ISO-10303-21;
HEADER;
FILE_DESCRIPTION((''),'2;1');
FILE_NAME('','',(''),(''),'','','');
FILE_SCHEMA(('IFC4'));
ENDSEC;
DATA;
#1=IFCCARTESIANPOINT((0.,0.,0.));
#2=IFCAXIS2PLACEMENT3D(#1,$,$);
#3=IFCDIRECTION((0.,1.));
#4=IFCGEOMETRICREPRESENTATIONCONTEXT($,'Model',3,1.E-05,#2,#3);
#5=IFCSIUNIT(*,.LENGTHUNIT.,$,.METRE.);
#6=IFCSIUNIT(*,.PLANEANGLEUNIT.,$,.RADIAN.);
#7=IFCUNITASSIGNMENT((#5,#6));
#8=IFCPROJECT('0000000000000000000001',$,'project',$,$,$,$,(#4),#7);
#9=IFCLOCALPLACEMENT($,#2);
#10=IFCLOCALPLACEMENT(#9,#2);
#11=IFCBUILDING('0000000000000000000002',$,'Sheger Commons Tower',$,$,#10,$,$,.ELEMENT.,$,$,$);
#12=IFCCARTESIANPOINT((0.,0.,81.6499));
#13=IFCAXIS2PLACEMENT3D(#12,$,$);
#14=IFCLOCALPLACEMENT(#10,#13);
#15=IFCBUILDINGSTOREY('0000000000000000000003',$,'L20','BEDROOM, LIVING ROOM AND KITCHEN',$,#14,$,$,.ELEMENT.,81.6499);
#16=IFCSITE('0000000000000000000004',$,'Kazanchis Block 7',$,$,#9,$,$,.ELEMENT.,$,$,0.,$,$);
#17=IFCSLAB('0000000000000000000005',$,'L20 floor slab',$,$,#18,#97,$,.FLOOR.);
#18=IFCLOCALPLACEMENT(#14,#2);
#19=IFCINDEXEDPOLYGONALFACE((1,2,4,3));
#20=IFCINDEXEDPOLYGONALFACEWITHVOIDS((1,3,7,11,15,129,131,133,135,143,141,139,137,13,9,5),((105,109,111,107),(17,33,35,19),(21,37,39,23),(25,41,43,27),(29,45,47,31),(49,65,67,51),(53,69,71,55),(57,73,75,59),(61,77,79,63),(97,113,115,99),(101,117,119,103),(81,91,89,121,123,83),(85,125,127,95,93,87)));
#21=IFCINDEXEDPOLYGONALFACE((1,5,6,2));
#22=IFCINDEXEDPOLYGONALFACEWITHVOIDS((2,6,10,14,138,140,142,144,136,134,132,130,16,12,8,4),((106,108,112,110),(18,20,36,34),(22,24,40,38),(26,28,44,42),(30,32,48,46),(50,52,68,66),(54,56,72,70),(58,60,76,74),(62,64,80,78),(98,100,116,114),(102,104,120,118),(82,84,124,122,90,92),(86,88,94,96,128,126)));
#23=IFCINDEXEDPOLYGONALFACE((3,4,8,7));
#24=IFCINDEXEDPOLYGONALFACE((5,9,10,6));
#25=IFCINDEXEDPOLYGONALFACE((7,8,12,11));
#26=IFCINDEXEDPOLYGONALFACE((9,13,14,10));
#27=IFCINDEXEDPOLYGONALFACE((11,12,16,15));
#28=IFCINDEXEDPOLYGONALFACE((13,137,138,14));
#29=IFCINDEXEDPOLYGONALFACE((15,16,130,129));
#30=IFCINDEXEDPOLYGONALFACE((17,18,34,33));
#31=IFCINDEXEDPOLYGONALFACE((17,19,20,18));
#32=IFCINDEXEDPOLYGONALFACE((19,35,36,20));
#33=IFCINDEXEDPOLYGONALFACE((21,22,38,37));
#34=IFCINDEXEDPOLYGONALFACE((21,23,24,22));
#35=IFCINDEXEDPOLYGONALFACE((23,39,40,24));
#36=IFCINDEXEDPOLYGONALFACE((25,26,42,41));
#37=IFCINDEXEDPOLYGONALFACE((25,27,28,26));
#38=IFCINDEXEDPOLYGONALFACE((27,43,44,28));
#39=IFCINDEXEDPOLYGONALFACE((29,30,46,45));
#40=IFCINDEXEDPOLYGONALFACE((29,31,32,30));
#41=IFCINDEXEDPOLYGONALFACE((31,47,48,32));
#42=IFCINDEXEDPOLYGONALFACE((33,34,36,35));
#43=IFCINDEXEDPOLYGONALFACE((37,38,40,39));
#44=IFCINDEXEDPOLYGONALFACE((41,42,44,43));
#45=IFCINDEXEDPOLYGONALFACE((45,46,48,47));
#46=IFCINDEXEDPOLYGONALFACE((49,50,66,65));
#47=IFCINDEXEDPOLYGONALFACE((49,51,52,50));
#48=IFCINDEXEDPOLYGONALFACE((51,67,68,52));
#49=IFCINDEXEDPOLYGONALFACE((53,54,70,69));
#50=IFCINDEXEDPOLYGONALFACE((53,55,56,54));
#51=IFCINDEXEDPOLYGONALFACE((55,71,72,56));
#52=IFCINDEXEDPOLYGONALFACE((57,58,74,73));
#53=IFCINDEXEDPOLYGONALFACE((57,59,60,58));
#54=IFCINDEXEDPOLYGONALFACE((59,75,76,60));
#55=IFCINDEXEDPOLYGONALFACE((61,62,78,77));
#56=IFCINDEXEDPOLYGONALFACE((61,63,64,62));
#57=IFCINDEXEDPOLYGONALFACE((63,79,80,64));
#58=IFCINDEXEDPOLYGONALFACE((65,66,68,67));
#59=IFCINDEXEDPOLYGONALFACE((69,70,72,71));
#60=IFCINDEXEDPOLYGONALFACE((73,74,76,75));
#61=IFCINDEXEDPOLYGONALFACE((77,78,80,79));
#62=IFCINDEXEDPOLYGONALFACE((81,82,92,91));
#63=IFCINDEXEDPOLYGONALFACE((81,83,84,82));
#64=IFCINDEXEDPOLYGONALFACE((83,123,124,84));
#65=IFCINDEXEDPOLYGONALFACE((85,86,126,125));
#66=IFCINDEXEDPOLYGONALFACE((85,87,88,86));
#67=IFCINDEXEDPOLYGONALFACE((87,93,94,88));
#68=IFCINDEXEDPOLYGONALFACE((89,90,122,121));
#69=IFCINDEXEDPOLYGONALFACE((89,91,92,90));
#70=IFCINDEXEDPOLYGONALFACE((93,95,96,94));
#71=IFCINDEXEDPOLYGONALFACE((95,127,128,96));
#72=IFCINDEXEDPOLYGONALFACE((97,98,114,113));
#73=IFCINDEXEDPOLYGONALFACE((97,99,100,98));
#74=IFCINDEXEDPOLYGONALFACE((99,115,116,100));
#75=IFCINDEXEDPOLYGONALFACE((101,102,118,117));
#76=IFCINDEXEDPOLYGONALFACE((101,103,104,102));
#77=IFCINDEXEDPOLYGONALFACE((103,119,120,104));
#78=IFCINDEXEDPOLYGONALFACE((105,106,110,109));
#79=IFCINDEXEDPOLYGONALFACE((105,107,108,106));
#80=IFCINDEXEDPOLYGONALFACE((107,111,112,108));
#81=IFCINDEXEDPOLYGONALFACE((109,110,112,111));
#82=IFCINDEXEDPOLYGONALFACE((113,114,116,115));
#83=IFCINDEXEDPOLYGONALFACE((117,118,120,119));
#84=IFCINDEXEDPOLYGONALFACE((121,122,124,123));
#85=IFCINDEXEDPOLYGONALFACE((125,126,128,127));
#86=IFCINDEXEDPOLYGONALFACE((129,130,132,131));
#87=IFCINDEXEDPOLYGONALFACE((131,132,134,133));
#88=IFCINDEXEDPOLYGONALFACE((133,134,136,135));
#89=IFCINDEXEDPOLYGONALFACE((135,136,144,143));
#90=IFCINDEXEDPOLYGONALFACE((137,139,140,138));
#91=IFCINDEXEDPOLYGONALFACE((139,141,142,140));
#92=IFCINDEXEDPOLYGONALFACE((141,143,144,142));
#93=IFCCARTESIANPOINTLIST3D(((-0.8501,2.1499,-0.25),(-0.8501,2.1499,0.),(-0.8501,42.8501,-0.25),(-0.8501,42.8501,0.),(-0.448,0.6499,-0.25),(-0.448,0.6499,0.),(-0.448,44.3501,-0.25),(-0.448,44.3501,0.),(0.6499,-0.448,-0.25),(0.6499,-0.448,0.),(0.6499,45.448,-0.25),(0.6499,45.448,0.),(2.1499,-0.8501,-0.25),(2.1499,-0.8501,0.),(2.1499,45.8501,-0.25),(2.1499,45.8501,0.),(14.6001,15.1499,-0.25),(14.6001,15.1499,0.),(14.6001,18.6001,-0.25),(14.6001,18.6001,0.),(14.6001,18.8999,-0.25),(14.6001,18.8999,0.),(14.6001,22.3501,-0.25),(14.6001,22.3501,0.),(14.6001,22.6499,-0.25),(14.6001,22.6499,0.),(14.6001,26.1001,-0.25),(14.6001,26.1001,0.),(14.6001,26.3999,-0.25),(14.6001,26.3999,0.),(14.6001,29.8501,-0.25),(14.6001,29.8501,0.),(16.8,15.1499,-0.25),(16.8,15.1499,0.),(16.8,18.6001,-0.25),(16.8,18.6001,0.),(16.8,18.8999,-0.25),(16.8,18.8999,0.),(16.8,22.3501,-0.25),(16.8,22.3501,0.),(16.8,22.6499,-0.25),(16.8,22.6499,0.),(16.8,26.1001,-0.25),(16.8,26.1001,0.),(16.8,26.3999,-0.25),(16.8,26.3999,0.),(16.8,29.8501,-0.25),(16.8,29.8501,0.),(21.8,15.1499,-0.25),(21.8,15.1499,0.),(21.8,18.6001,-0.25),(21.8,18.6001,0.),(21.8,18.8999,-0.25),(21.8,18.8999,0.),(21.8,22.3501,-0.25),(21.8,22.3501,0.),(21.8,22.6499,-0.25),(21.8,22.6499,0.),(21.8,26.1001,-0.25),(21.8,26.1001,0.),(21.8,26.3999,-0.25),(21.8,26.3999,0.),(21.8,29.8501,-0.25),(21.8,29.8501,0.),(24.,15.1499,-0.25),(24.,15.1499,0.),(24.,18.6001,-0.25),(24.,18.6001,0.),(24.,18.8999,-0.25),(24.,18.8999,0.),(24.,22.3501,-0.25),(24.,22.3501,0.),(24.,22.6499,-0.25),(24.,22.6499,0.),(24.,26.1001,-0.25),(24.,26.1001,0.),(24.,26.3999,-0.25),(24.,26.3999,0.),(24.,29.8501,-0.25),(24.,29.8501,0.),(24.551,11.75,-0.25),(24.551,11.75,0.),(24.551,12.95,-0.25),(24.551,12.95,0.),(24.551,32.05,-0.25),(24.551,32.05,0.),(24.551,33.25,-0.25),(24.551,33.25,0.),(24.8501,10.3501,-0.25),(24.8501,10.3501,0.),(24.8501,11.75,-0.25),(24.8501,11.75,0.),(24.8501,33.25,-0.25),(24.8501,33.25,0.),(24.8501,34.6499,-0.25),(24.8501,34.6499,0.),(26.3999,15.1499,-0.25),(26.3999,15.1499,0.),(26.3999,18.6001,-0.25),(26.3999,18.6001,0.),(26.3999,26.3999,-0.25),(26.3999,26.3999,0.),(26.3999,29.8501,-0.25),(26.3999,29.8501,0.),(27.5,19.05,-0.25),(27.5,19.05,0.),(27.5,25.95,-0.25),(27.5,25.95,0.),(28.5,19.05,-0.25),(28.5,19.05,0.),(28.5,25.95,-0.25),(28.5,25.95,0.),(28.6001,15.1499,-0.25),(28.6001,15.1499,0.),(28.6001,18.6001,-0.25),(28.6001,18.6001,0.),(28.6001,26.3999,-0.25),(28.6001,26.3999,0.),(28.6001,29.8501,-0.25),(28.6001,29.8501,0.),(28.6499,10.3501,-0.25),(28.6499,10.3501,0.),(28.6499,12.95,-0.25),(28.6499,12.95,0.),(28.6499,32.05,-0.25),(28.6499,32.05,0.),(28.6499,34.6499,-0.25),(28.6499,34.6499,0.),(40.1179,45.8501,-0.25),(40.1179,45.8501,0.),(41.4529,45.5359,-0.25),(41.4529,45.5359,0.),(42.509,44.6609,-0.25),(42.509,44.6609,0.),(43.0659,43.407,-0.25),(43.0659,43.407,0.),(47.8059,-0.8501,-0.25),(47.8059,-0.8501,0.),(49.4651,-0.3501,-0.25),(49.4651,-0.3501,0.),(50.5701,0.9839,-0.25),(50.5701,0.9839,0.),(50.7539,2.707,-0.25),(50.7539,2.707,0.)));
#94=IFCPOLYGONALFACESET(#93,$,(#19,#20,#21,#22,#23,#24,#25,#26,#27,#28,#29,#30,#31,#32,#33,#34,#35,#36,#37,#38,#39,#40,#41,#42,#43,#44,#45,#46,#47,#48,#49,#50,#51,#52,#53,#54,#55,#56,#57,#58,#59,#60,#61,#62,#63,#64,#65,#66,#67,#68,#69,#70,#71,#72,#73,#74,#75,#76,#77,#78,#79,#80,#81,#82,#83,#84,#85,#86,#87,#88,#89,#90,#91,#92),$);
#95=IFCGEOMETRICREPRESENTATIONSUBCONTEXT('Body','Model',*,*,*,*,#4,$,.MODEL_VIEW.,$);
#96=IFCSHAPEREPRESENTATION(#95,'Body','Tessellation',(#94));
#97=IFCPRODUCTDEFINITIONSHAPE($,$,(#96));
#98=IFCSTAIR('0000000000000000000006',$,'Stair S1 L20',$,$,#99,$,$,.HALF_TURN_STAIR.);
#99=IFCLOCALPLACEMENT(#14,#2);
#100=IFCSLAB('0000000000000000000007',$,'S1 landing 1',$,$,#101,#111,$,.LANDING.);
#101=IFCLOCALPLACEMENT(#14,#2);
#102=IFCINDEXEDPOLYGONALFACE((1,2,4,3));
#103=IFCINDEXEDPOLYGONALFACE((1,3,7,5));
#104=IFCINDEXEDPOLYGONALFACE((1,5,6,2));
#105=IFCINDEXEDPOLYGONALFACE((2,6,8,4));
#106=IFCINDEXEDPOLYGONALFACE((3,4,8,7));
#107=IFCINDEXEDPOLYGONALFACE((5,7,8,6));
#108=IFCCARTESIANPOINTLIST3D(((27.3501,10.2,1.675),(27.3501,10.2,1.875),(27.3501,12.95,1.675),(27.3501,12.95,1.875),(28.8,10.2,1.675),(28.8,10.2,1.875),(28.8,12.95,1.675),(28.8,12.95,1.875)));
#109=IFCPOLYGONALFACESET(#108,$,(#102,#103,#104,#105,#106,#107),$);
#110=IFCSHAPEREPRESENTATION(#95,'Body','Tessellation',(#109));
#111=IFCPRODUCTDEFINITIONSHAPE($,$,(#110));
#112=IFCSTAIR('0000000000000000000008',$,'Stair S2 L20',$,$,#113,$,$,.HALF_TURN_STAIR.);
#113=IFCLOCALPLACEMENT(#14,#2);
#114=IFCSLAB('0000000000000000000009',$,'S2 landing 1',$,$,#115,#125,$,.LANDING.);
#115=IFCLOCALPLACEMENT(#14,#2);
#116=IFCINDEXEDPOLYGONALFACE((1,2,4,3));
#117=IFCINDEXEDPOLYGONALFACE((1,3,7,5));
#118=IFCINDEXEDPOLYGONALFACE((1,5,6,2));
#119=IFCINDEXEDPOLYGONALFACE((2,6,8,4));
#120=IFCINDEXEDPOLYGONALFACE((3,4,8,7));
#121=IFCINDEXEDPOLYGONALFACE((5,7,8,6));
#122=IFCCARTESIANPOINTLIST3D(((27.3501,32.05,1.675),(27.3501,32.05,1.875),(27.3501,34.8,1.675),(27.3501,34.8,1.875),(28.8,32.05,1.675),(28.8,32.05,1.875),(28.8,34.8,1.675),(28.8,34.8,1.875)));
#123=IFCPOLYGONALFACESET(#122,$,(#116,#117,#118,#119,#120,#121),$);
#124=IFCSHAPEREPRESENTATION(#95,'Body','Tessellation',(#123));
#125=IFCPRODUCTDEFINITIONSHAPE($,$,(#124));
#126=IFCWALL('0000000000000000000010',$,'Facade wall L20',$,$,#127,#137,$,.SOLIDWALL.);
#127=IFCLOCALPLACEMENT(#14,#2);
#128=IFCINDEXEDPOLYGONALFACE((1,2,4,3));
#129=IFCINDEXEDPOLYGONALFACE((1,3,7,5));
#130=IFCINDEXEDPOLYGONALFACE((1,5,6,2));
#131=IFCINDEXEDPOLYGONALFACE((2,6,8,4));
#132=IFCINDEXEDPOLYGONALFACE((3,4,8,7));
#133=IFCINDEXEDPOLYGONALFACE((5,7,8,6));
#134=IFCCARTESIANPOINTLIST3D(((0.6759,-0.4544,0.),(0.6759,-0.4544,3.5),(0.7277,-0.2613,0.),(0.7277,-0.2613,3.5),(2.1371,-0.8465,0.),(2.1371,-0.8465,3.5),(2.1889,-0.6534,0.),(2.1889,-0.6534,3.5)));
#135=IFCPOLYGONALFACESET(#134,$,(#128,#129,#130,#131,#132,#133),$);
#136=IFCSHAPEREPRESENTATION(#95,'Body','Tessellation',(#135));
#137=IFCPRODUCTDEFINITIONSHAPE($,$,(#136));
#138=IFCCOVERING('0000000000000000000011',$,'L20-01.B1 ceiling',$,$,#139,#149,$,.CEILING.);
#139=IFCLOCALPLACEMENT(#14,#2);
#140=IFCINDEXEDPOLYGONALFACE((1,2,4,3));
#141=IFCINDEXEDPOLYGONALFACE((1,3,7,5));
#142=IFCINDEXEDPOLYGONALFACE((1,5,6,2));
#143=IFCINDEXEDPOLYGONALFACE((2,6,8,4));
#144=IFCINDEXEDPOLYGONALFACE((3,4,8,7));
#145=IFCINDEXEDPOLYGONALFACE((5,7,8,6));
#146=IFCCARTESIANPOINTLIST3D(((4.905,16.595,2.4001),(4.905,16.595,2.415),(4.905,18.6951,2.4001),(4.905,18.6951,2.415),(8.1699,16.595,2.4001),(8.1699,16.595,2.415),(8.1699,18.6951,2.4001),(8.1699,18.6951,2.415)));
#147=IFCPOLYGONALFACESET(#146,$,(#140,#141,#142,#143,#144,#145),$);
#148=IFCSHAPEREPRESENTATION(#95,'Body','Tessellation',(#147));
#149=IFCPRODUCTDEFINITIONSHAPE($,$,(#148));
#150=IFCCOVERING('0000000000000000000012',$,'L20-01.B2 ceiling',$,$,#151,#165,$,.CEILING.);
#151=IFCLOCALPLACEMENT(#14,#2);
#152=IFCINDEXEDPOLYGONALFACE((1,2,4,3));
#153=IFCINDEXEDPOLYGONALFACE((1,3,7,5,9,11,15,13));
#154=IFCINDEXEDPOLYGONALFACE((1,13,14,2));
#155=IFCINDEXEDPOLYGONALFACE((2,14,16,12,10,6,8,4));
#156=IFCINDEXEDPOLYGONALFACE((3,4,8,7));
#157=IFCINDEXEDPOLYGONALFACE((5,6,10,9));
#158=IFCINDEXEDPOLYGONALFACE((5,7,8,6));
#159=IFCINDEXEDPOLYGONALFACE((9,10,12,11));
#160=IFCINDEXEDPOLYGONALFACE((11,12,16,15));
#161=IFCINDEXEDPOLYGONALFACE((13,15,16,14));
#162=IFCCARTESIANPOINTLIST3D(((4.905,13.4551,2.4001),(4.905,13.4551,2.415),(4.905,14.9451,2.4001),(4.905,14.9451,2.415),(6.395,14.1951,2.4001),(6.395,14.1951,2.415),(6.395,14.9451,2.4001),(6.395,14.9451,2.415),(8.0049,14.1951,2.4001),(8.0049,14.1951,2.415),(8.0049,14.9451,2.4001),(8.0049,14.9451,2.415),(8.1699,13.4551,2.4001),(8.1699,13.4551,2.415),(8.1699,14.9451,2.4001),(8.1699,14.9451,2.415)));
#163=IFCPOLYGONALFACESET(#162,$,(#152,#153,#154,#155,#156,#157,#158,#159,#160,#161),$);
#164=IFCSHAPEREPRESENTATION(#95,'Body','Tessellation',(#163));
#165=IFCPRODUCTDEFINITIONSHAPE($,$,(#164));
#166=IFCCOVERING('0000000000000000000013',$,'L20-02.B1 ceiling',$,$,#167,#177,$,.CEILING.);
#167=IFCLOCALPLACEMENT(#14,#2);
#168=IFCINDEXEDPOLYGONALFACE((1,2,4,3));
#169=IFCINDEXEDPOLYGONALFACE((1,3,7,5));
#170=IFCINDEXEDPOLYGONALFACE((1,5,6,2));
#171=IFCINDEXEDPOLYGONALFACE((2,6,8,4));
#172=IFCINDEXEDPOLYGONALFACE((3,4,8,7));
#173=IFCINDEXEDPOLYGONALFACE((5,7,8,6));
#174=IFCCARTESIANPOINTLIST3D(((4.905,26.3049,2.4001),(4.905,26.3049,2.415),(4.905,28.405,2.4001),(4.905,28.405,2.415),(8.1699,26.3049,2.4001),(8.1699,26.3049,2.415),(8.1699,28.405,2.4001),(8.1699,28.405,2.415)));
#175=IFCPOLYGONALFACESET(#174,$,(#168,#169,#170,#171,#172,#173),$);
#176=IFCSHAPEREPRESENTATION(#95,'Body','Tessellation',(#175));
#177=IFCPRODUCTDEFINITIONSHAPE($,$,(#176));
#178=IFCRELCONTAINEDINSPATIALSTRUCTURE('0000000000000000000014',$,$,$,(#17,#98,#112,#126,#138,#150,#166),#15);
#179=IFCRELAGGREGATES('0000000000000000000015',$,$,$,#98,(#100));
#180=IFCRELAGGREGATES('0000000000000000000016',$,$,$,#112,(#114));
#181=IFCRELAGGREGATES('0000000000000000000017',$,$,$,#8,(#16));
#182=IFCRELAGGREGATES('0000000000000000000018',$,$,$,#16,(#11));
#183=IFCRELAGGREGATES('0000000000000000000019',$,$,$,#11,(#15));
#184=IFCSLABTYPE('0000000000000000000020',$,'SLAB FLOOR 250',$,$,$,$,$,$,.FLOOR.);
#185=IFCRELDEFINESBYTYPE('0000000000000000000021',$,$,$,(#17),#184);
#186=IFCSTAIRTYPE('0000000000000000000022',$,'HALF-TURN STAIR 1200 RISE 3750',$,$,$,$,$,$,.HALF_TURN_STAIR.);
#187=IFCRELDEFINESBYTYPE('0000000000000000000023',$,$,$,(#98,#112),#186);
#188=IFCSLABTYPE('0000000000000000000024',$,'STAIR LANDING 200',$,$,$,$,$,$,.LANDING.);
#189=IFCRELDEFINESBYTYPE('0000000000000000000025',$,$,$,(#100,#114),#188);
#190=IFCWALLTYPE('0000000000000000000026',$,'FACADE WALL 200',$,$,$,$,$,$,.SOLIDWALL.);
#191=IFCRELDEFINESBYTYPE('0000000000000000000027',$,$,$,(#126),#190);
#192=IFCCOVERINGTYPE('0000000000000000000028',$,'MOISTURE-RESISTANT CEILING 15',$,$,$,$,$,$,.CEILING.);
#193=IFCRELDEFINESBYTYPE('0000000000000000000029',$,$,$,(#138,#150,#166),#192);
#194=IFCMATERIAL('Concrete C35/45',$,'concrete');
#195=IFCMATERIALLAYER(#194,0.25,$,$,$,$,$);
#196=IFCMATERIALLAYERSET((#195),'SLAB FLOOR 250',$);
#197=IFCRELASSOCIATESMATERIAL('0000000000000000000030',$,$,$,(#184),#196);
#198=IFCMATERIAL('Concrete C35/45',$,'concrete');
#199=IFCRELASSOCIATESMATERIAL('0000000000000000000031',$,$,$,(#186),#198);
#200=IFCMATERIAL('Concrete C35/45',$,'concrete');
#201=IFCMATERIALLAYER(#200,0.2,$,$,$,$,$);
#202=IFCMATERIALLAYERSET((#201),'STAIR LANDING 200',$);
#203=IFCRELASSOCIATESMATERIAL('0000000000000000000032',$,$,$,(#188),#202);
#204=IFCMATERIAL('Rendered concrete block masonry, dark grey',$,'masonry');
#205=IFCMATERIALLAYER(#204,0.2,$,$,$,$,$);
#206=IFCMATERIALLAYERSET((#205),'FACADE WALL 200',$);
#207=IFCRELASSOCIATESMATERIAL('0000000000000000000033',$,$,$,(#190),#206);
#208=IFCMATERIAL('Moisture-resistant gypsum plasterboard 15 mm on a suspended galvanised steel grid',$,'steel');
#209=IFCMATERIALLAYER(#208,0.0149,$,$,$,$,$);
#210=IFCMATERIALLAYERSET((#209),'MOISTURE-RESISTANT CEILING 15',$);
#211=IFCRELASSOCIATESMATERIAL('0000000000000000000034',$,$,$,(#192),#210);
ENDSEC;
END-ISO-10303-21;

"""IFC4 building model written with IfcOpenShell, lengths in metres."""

from ifc_helpers import new_model, si_unit, direction, frame, frame_2d, origin, place, context, subcontext, project, spatial, polyline, rectangle, outline, extrude, material, layer, layer_set, type_object, element, aggregate, save


model = new_model("IFC4")

# Units and contexts
model_context = context("Model", 3, precision=1e-05, world=origin(), true_north=direction((0.0, 1.0)))
body_context = subcontext(model_context, "Body", "Model", "MODEL_VIEW")
ifc_project = project(units=[si_unit("LENGTHUNIT", "METRE"), si_unit("PLANEANGLEUNIT", "RADIAN")], contexts=[model_context])

# Site, building, storey
site_placement = place(None, origin())
site = spatial("IfcSite", under=ifc_project, at=site_placement, Name="Kazanchis Block 7", CompositionType="ELEMENT", RefElevation=0.0)
building_placement = place(site_placement, origin())
building = spatial("IfcBuilding", under=site, at=building_placement, Name="Sheger Commons Tower", CompositionType="ELEMENT")
storey_placement = place(building_placement, frame((0.0, 0.0, 81.6499)))
storey = spatial("IfcBuildingStorey", under=building, at=storey_placement, Name="L20", Description="BEDROOM, LIVING ROOM AND KITCHEN", CompositionType="ELEMENT", Elevation=81.6499)

# Slab
ifc_material_1 = material(Name="Concrete C35/45", Category="concrete")
ifc_layer_1 = layer(ifc_material_1, 0.25)
ifc_layer_set_1 = layer_set([ifc_layer_1], Name="SLAB FLOOR 250")
slab_type_1 = type_object("IfcSlabType", Name="SLAB FLOOR 250", PredefinedType="FLOOR", material=ifc_layer_set_1)
slab_1_placement = place(storey_placement, frame((0.0, 0.0, -0.25)))
element("IfcSlab", 1, at=slab_1_placement, inside=storey, type_object=slab_type_1, Name="L20 floor slab", PredefinedType="FLOOR", context=body_context, shape_type="SweptSolid", body=[
    extrude(outline(polyline([(-0.8501, 2.1499), (-0.448, 0.6499), (0.6499, -0.448), (2.1499, -0.8501), (47.8059, -0.8501), (49.4651, -0.3501), (50.5701, 0.9839), (50.7539, 2.707), (43.0659, 43.407), (42.509, 44.6609), (41.4529, 45.5359), (40.1179, 45.8501), (2.1499, 45.8501), (0.6499, 45.448), (-0.448, 44.3501), (-0.8501, 42.8501), (-0.8501, 2.1499)]), holes=[polyline([(24.8501, 10.3501), (28.6499, 10.3501), (28.6499, 12.95), (24.551, 12.95), (24.551, 11.75), (24.8501, 11.75), (24.8501, 10.3501)]), polyline([(24.551, 32.05), (28.6499, 32.05), (28.6499, 34.6499), (24.8501, 34.6499), (24.8501, 33.25), (24.551, 33.25), (24.551, 32.05)]), polyline([(26.3999, 15.1499), (28.6001, 15.1499), (28.6001, 18.6001), (26.3999, 18.6001), (26.3999, 15.1499)]), polyline([(26.3999, 26.3999), (28.6001, 26.3999), (28.6001, 29.8501), (26.3999, 29.8501), (26.3999, 26.3999)]), polyline([(14.6001, 15.1499), (16.8, 15.1499), (16.8, 18.6001), (14.6001, 18.6001), (14.6001, 15.1499)]), polyline([(14.6001, 18.8999), (16.8, 18.8999), (16.8, 22.3501), (14.6001, 22.3501), (14.6001, 18.8999)]), polyline([(14.6001, 22.6499), (16.8, 22.6499), (16.8, 26.1001), (14.6001, 26.1001), (14.6001, 22.6499)]), polyline([(14.6001, 26.3999), (16.8, 26.3999), (16.8, 29.8501), (14.6001, 29.8501), (14.6001, 26.3999)]), polyline([(21.8, 15.1499), (24.0, 15.1499), (24.0, 18.6001), (21.8, 18.6001), (21.8, 15.1499)]), polyline([(21.8, 18.8999), (24.0, 18.8999), (24.0, 22.3501), (21.8, 22.3501), (21.8, 18.8999)]), polyline([(21.8, 22.6499), (24.0, 22.6499), (24.0, 26.1001), (21.8, 26.1001), (21.8, 22.6499)]), polyline([(21.8, 26.3999), (24.0, 26.3999), (24.0, 29.8501), (21.8, 29.8501), (21.8, 26.3999)]), polyline([(27.5, 19.05), (28.5, 19.05), (28.5, 25.95), (27.5, 25.95), (27.5, 19.05)])]), origin(), (0.0, 0.0, 1.0), 0.25),
])

# Stairs, slabs
ifc_material_2 = material(Name="Concrete C35/45", Category="concrete")
stair_type = type_object("IfcStairType", Name="HALF-TURN STAIR 1200 RISE 3750", PredefinedType="HALF_TURN_STAIR", material=ifc_material_2)
stair_1_placement = place(storey_placement, origin())
stair_1 = element("IfcStair", 2, at=stair_1_placement, inside=storey, type_object=stair_type, Name="Stair S1 L20", PredefinedType="HALF_TURN_STAIR")
ifc_material_3 = material(Name="Concrete C35/45", Category="concrete")
ifc_layer_2 = layer(ifc_material_3, 0.2)
ifc_layer_set_2 = layer_set([ifc_layer_2], Name="STAIR LANDING 200")
slab_type_2 = type_object("IfcSlabType", Name="STAIR LANDING 200", PredefinedType="LANDING", material=ifc_layer_set_2)
slab_2_placement = place(storey_placement, frame((0.0, 0.0, 1.675)))
slab_2 = element("IfcSlab", 3, at=slab_2_placement, type_object=slab_type_2, Name="S1 landing 1", PredefinedType="LANDING", context=body_context, shape_type="SweptSolid", body=[
    extrude(outline(polyline([(27.3501, 10.2), (28.8, 10.2), (28.8, 12.95), (27.3501, 12.95), (27.3501, 10.2)])), origin(), (0.0, 0.0, 1.0), 0.2),
])
aggregate(stair_1, [slab_2])
stair_2_placement = place(storey_placement, origin())
stair_2 = element("IfcStair", 4, at=stair_2_placement, inside=storey, type_object=stair_type, Name="Stair S2 L20", PredefinedType="HALF_TURN_STAIR")
slab_3_placement = place(storey_placement, frame((0.0, 0.0, 1.675)))
slab_3 = element("IfcSlab", 5, at=slab_3_placement, type_object=slab_type_2, Name="S2 landing 1", PredefinedType="LANDING", context=body_context, shape_type="SweptSolid", body=[
    extrude(outline(polyline([(27.3501, 32.05), (28.8, 32.05), (28.8, 34.8), (27.3501, 34.8), (27.3501, 32.05)])), origin(), (0.0, 0.0, 1.0), 0.2),
])
aggregate(stair_2, [slab_3])

# Wall
ifc_material_4 = material(Name="Rendered concrete block masonry, dark grey", Category="masonry")
ifc_layer_3 = layer(ifc_material_4, 0.2)
ifc_layer_set_3 = layer_set([ifc_layer_3], Name="FACADE WALL 200")
wall_type = type_object("IfcWallType", Name="FACADE WALL 200", PredefinedType="SOLIDWALL", material=ifc_layer_set_3)
wall_placement = place(storey_placement, frame((0.7019, -0.3579, 0.0), z_axis=(0.0, 0.0, 1.0), x_axis=(0.965832, -0.259169, 0.0)))
element("IfcWall", 6, at=wall_placement, inside=storey, type_object=wall_type, Name="Facade wall L20", PredefinedType="SOLIDWALL", context=body_context, shape_type="SweptSolid", body=[
    extrude(rectangle(XDim=1.5129, YDim=0.2, at=frame_2d((0.7563, 0.0))), origin(), (0.0, 0.0, 1.0), 3.5),
])

# Coverings
ifc_material_5 = material(Name="Moisture-resistant gypsum plasterboard 15 mm on a suspended galvanised steel grid", Category="steel")
ifc_layer_4 = layer(ifc_material_5, 0.0149)
ifc_layer_set_4 = layer_set([ifc_layer_4], Name="MOISTURE-RESISTANT CEILING 15")
covering_type_1 = type_object("IfcCoveringType", Name="MOISTURE-RESISTANT CEILING 15", PredefinedType="CEILING", material=ifc_layer_set_4)
covering_1_placement = place(storey_placement, frame((0.0, 0.0, 2.4001)))
element("IfcCovering", 7, at=covering_1_placement, inside=storey, type_object=covering_type_1, Name="L20-01.B1 ceiling", PredefinedType="CEILING", context=body_context, shape_type="SweptSolid", body=[
    extrude(outline(polyline([(4.905, 16.595), (8.1699, 16.595), (8.1699, 18.6951), (4.905, 18.6951), (4.905, 16.595)])), origin(), (0.0, 0.0, 1.0), 0.0149),
])
covering_2_placement = place(storey_placement, frame((0.0, 0.0, 2.4001)))
element("IfcCovering", 8, at=covering_2_placement, inside=storey, type_object=covering_type_1, Name="L20-01.B2 ceiling", PredefinedType="CEILING", context=body_context, shape_type="SweptSolid", body=[
    extrude(outline(polyline([(4.905, 13.4551), (8.1699, 13.4551), (8.1699, 14.9451), (8.0049, 14.9451), (8.0049, 14.1951), (6.395, 14.1951), (6.395, 14.9451), (4.905, 14.9451), (4.905, 13.4551)])), origin(), (0.0, 0.0, 1.0), 0.0149),
])
covering_3_placement = place(storey_placement, frame((0.0, 0.0, 2.4001)))
element("IfcCovering", 9, at=covering_3_placement, inside=storey, type_object=covering_type_1, Name="L20-02.B1 ceiling", PredefinedType="CEILING", context=body_context, shape_type="SweptSolid", body=[
    extrude(outline(polyline([(4.905, 26.3049), (8.1699, 26.3049), (8.1699, 28.405), (4.905, 28.405), (4.905, 26.3049)])), origin(), (0.0, 0.0, 1.0), 0.0149),
])

save(model, "model.ifc")
